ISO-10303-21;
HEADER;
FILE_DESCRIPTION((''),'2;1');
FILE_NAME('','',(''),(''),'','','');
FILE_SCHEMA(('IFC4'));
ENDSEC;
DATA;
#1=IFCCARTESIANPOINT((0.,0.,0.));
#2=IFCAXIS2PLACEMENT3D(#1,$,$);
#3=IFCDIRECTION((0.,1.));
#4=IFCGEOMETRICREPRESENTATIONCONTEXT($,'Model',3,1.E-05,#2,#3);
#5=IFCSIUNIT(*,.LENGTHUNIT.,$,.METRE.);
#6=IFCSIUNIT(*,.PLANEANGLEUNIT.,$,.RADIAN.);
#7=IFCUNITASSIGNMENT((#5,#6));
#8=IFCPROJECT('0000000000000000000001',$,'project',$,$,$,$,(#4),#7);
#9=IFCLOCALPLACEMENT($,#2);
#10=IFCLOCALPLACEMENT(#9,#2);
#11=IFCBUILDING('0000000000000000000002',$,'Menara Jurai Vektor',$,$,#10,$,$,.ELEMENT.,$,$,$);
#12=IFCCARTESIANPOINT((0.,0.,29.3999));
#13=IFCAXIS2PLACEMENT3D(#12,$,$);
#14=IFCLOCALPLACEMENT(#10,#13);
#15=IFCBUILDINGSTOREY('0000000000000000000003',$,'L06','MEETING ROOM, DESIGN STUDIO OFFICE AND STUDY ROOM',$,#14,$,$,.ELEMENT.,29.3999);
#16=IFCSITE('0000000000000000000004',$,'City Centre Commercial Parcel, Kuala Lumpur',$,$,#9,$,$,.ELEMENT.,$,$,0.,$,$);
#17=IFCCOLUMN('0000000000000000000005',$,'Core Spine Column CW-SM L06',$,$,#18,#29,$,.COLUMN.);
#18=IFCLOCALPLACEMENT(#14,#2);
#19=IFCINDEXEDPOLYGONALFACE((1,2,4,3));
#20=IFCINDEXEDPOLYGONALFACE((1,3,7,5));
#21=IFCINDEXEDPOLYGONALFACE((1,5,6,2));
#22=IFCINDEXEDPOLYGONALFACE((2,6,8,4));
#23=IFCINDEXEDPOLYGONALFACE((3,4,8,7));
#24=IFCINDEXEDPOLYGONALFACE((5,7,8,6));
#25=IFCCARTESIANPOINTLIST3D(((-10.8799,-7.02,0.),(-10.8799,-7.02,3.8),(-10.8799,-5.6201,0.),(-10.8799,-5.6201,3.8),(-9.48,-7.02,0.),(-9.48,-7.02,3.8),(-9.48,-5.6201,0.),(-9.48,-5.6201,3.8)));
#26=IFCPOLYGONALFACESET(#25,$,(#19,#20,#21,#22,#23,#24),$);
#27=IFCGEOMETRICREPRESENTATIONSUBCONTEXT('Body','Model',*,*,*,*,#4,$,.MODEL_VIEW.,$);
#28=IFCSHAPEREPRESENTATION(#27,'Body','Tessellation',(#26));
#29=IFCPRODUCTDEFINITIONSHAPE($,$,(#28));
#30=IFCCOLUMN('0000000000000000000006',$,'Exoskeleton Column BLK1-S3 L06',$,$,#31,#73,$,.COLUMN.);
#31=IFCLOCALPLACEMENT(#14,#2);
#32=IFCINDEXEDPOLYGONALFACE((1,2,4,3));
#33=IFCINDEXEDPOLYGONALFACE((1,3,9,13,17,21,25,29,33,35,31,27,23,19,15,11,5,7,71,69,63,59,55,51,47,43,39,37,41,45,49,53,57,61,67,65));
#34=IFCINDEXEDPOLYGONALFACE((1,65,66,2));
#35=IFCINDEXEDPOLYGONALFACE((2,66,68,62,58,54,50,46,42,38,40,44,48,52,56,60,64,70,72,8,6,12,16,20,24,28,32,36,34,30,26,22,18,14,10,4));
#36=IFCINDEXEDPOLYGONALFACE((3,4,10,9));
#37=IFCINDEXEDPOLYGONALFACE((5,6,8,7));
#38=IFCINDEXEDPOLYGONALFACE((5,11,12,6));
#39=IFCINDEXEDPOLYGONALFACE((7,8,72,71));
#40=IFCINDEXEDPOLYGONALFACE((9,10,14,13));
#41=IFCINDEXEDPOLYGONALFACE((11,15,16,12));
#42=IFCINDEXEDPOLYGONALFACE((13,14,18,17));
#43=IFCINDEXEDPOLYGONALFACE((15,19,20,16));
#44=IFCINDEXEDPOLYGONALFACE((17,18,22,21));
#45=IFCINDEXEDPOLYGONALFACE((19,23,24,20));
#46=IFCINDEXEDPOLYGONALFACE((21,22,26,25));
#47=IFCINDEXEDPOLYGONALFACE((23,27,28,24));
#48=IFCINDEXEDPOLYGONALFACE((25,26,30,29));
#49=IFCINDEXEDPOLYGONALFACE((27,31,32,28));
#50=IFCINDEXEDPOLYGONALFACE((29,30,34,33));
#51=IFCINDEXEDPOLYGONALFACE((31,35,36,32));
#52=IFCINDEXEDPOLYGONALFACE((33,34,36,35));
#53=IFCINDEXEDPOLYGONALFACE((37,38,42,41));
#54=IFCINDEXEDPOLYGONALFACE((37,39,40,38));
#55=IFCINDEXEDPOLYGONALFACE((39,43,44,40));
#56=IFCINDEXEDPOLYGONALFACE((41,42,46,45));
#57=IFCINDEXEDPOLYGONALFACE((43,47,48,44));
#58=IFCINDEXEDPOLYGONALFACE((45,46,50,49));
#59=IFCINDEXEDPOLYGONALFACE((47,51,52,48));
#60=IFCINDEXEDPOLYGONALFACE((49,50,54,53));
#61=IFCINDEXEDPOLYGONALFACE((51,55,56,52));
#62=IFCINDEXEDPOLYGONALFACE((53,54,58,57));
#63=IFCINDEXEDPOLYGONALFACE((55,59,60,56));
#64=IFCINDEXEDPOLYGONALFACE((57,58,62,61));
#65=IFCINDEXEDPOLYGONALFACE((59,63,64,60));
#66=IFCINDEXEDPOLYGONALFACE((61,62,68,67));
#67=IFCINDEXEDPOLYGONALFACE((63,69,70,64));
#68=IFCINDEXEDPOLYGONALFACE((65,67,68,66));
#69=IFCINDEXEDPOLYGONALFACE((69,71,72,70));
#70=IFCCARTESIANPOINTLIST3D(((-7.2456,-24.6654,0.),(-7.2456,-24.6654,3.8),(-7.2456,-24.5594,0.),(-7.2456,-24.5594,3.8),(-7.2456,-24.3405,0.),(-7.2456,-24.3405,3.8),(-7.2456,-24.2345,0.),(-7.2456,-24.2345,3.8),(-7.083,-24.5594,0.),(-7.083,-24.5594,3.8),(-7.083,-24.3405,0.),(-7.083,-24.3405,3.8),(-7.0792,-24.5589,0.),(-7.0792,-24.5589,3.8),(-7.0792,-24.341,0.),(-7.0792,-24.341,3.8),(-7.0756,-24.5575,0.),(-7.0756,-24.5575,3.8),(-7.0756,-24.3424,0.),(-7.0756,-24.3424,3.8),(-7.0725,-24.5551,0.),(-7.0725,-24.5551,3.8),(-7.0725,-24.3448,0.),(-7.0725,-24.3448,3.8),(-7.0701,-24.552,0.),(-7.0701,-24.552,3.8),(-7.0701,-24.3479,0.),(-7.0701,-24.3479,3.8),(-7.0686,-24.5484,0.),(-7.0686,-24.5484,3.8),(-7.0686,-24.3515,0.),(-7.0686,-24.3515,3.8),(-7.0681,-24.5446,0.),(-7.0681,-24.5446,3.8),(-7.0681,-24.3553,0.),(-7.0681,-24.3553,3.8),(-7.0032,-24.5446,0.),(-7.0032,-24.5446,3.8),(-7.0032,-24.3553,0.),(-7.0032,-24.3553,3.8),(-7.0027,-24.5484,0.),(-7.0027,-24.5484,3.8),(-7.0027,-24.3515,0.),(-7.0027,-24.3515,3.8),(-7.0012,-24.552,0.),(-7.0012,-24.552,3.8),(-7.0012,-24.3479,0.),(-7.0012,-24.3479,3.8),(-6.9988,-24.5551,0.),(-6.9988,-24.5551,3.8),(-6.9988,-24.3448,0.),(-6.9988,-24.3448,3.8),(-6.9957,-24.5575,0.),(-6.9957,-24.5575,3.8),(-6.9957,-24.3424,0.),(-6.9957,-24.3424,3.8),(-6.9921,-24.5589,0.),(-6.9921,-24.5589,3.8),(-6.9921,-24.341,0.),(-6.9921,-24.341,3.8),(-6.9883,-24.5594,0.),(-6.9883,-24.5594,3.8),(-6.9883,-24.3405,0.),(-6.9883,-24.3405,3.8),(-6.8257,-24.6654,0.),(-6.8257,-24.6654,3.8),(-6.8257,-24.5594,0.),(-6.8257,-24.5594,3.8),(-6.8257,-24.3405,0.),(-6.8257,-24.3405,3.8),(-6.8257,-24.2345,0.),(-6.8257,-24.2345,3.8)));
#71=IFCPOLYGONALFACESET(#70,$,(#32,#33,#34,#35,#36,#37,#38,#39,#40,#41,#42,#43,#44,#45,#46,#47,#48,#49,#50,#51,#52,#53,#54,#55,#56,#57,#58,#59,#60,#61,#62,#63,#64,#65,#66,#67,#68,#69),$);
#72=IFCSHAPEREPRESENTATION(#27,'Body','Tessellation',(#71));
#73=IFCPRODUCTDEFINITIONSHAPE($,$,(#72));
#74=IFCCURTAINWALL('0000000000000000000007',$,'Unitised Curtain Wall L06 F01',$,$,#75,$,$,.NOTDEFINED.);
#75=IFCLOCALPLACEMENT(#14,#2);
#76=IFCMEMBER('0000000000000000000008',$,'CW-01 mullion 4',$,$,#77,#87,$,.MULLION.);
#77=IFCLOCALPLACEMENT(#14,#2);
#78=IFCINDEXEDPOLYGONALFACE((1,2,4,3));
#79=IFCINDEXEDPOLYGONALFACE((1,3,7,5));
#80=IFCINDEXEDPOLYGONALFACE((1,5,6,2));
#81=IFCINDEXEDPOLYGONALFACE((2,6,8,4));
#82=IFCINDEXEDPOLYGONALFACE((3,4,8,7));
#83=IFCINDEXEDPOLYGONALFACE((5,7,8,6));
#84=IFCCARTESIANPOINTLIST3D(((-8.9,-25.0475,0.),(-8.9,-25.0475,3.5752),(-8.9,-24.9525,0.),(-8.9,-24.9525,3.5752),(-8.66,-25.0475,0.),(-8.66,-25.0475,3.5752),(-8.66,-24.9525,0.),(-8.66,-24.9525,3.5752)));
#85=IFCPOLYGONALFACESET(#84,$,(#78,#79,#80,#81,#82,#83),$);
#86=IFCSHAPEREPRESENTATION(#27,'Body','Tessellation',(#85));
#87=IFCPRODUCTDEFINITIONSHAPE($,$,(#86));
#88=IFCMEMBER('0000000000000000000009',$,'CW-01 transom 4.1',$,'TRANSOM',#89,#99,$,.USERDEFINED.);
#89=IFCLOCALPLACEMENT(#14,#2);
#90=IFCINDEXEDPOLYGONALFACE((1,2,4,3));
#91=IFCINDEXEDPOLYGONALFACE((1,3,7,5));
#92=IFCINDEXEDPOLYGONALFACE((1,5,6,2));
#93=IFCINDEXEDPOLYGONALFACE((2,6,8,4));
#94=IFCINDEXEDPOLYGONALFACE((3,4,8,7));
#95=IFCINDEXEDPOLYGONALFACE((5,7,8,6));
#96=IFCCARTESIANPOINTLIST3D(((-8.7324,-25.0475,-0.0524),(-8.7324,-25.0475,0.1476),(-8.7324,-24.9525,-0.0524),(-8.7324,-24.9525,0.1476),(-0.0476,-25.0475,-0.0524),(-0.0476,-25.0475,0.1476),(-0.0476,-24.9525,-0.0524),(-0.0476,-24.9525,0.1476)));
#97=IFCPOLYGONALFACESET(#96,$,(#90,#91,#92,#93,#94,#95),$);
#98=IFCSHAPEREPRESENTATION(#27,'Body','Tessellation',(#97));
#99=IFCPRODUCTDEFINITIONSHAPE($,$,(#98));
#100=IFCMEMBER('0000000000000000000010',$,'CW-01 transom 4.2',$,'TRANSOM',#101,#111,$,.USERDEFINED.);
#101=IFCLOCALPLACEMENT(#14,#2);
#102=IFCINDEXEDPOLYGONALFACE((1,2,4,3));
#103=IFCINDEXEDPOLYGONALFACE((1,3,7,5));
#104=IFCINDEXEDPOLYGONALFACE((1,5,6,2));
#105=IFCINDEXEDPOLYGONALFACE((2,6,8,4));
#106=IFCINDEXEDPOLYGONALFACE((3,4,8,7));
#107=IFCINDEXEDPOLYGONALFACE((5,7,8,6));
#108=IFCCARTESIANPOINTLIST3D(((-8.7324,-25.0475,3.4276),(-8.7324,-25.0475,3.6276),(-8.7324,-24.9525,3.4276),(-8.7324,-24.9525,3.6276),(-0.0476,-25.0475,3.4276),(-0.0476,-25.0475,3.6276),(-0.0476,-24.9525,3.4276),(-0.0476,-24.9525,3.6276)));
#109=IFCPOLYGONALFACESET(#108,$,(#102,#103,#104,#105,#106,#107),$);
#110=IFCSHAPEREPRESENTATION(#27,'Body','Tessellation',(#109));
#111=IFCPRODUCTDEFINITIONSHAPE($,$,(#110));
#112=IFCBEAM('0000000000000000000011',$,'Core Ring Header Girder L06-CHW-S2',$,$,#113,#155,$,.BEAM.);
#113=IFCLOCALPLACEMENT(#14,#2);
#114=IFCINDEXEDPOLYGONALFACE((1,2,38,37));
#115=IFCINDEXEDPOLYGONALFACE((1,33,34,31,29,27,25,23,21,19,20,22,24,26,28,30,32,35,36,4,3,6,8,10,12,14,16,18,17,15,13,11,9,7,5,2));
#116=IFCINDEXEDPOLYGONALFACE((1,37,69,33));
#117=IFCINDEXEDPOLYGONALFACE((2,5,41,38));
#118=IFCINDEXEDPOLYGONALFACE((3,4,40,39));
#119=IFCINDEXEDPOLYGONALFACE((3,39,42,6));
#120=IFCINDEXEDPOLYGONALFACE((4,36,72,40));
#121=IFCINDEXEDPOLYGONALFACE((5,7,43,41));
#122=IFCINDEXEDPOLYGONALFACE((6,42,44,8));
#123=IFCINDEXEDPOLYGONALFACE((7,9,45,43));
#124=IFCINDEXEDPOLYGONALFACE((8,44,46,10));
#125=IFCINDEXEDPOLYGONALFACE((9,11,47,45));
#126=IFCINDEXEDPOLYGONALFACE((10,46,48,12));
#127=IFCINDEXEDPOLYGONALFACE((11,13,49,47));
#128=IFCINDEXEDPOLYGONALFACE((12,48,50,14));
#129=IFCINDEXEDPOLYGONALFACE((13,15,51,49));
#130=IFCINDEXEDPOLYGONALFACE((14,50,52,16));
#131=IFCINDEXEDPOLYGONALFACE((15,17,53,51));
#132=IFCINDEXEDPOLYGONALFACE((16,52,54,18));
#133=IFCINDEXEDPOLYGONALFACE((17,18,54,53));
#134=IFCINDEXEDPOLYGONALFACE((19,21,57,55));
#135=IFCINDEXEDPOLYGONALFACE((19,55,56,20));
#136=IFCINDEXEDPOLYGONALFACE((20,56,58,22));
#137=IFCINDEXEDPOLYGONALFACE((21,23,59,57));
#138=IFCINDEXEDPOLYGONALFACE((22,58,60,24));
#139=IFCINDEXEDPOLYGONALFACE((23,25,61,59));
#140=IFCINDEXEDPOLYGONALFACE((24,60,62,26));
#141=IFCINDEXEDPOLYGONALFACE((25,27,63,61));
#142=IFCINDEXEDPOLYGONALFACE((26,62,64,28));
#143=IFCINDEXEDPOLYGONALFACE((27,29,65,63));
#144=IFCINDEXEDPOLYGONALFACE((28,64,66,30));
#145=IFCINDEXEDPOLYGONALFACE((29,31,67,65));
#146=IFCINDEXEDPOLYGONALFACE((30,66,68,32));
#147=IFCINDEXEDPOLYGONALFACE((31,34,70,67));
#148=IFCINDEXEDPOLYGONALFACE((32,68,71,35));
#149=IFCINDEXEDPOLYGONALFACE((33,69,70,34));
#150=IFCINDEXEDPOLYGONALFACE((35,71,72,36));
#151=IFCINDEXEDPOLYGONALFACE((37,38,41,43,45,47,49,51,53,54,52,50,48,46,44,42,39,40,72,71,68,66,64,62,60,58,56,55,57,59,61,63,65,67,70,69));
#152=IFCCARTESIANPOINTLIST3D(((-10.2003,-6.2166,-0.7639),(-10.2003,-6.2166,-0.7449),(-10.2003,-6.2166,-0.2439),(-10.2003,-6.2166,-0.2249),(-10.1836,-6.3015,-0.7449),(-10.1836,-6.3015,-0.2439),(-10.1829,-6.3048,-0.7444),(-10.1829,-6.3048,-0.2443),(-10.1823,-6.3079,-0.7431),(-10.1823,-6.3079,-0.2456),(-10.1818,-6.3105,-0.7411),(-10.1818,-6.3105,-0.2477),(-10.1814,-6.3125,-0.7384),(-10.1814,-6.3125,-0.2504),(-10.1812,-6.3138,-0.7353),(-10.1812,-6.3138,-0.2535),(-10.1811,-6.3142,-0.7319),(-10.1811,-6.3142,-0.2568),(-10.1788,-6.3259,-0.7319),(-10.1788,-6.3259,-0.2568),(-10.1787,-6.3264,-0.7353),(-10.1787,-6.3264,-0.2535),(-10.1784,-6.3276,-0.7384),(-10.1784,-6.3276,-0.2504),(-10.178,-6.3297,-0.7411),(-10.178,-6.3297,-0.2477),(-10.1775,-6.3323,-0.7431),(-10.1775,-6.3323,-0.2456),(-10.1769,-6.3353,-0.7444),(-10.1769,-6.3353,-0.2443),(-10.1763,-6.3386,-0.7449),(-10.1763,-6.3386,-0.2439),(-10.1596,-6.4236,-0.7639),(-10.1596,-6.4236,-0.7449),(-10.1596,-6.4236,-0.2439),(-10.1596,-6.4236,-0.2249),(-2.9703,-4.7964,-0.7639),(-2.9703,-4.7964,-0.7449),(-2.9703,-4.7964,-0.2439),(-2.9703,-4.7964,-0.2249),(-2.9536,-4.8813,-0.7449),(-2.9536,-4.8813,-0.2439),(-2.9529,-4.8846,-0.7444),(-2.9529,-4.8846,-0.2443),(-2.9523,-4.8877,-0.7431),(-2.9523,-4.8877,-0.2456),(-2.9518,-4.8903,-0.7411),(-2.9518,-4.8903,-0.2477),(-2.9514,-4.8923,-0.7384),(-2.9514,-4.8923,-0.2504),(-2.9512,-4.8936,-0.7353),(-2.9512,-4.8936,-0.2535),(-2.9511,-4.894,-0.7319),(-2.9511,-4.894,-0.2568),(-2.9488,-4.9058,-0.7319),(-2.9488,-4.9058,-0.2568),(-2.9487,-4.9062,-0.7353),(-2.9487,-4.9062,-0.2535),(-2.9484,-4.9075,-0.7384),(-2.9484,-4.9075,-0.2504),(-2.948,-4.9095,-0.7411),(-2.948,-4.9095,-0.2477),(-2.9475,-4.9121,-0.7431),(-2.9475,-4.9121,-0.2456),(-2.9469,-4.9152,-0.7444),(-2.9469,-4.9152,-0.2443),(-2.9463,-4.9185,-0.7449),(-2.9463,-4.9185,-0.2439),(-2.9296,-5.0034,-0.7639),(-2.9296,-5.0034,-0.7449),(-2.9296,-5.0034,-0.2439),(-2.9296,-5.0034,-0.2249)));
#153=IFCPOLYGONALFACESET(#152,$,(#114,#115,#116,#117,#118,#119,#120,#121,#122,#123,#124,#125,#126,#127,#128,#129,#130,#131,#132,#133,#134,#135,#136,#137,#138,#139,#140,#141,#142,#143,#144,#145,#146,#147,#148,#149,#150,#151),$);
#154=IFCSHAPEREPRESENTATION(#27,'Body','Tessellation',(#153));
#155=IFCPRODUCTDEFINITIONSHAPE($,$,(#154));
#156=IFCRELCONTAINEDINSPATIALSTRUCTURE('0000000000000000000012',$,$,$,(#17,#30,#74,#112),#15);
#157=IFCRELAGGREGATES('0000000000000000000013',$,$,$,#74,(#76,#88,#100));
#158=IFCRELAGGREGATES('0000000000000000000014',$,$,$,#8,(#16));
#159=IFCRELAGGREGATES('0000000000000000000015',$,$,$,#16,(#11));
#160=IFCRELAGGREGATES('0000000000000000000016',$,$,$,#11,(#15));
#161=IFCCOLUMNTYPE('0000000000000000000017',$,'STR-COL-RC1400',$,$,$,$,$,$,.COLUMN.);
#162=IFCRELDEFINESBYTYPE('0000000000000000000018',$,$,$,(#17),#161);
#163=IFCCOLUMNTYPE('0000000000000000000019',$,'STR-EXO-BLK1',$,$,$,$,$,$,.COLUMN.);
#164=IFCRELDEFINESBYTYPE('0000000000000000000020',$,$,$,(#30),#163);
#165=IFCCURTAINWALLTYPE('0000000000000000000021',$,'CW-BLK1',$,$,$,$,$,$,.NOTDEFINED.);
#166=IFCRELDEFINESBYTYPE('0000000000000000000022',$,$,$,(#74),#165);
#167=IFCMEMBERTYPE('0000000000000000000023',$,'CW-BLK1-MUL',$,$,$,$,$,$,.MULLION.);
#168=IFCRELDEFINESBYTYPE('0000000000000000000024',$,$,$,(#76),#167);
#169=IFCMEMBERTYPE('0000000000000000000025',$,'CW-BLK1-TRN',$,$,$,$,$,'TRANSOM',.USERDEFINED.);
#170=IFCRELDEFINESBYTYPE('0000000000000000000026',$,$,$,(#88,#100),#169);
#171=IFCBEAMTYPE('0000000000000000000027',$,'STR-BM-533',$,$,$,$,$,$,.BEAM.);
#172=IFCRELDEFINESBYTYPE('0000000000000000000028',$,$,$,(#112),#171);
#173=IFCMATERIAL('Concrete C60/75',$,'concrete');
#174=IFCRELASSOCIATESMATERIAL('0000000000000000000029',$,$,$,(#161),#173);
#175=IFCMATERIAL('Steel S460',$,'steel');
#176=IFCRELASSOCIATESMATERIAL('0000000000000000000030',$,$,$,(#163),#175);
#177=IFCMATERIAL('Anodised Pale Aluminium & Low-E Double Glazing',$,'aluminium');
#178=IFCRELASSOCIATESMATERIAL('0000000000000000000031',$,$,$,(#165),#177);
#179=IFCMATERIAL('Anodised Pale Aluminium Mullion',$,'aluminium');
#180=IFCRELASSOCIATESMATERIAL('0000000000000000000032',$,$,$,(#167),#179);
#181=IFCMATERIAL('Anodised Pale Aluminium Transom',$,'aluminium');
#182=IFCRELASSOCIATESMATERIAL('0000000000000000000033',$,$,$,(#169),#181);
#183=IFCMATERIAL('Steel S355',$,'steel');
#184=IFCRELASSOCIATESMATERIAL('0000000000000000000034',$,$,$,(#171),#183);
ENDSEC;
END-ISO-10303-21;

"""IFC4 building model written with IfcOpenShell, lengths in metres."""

from ifc_helpers import new_model, si_unit, direction, frame, origin, origin_2d, place, context, subcontext, project, spatial, rectangle, i_section, extrude, material, material_profile, profile_set, type_object, element, aggregate, save


model = new_model("IFC4")

# Units and contexts
model_context = context("Model", 3, precision=1e-05, world=origin(), true_north=direction((0.0, 1.0)))
body_context = subcontext(model_context, "Body", "Model", "MODEL_VIEW")
ifc_project = project(units=[si_unit("LENGTHUNIT", "METRE"), si_unit("PLANEANGLEUNIT", "RADIAN")], contexts=[model_context])

# Site, building, storey
site_placement = place(None, origin())
site = spatial("IfcSite", under=ifc_project, at=site_placement, Name="City Centre Commercial Parcel, Kuala Lumpur", CompositionType="ELEMENT", RefElevation=0.0)
building_placement = place(site_placement, origin())
building = spatial("IfcBuilding", under=site, at=building_placement, Name="Menara Jurai Vektor", CompositionType="ELEMENT")
storey_placement = place(building_placement, frame((0.0, 0.0, 29.3999)))
storey = spatial("IfcBuildingStorey", under=building, at=storey_placement, Name="L06", Description="MEETING ROOM, DESIGN STUDIO OFFICE AND STUDY ROOM", CompositionType="ELEMENT", Elevation=29.3999)

# Columns
ifc_material_1 = material(Name="Concrete C60/75", Category="concrete")
ifc_material_profile_1 = material_profile(ifc_material_1, rectangle(XDim=1.3999, YDim=1.3999, at=origin_2d()), Name="RC 1400x1400")
ifc_profile_set_1 = profile_set([ifc_material_profile_1], Name="Concrete C60/75")
column_type_1 = type_object("IfcColumnType", Name="STR-COL-RC1400", PredefinedType="COLUMN", material=ifc_profile_set_1)
column_1_placement = place(storey_placement, frame((-10.1799, -6.3201, 0.0), z_axis=(0.0, 0.0, 1.0), x_axis=(1.0, 0.0, 0.0)))
element("IfcColumn", 1, at=column_1_placement, inside=storey, type_object=column_type_1, Name="Core Spine Column CW-SM L06", PredefinedType="COLUMN", context=body_context, shape_type="SweptSolid", body=[
    extrude(rectangle(XDim=1.3999, YDim=1.3999, at=origin_2d()), origin(), (0.0, 0.0, 1.0), 3.8),
])
ifc_material_2 = material(Name="Steel S460", Category="steel")
ifc_material_profile_2 = material_profile(ifc_material_2, i_section(OverallWidth=0.4199, OverallDepth=0.4309, WebThickness=0.0649, FlangeThickness=0.106, FilletRadius=0.0149, at=origin_2d()), Name="HD 400x900")
ifc_profile_set_2 = profile_set([ifc_material_profile_2], Name="Steel S460")
column_type_2 = type_object("IfcColumnType", Name="STR-EXO-BLK1", PredefinedType="COLUMN", material=ifc_profile_set_2)
column_2_placement = place(storey_placement, frame((-7.0356, -24.45, 0.0), z_axis=(0.0, 0.0, 1.0), x_axis=(1.0, 0.0, 0.0)))
element("IfcColumn", 2, at=column_2_placement, inside=storey, type_object=column_type_2, Name="Exoskeleton Column BLK1-S3 L06", PredefinedType="COLUMN", context=body_context, shape_type="SweptSolid", body=[
    extrude(i_section(OverallWidth=0.4199, OverallDepth=0.4309, WebThickness=0.0649, FlangeThickness=0.106, FilletRadius=0.0149, at=origin_2d()), origin(), (0.0, 0.0, 1.0), 3.8),
])

# Curtain wall, members
ifc_material_3 = material(Name="Anodised Pale Aluminium & Low-E Double Glazing", Category="aluminium")
curtain_wall_type = type_object("IfcCurtainWallType", Name="CW-BLK1", PredefinedType="NOTDEFINED", material=ifc_material_3)
curtain_wall_placement = place(storey_placement, origin())
curtain_wall = element("IfcCurtainWall", 3, at=curtain_wall_placement, inside=storey, type_object=curtain_wall_type, Name="Unitised Curtain Wall L06 F01", PredefinedType="NOTDEFINED")
ifc_material_4 = material(Name="Anodised Pale Aluminium Mullion", Category="aluminium")
ifc_material_profile_3 = material_profile(ifc_material_4, rectangle(XDim=0.095, YDim=0.24, at=origin_2d()), Name="ALU MUL 95x240")
ifc_profile_set_3 = profile_set([ifc_material_profile_3], Name="Anodised Pale Aluminium Mullion")
member_type_1 = type_object("IfcMemberType", Name="CW-BLK1-MUL", PredefinedType="MULLION", material=ifc_profile_set_3)
member_1_placement = place(storey_placement, frame((-8.78, -25.0, 0.0), z_axis=(0.0, 0.0, 1.0), x_axis=(0.0, 1.0, 0.0)))
member_1 = element("IfcMember", 4, at=member_1_placement, type_object=member_type_1, Name="CW-01 mullion 4", PredefinedType="MULLION", context=body_context, shape_type="SweptSolid", body=[
    extrude(rectangle(XDim=0.095, YDim=0.24, at=origin_2d()), origin(), (0.0, 0.0, 1.0), 3.5752),
])
ifc_material_5 = material(Name="Anodised Pale Aluminium Transom", Category="aluminium")
ifc_material_profile_4 = material_profile(ifc_material_5, rectangle(XDim=0.095, YDim=0.2, at=origin_2d()), Name="ALU TRN 95x200")
ifc_profile_set_4 = profile_set([ifc_material_profile_4], Name="Anodised Pale Aluminium Transom")
member_type_2 = type_object("IfcMemberType", Name="CW-BLK1-TRN", ElementType="TRANSOM", PredefinedType="USERDEFINED", material=ifc_profile_set_4)
member_2_placement = place(storey_placement, frame((-8.7324, -25.0, 0.0476), z_axis=(1.0, 0.0, 0.0), x_axis=(0.0, 1.0, 0.0)))
member_2 = element("IfcMember", 5, at=member_2_placement, type_object=member_type_2, Name="CW-01 transom 4.1", ObjectType="TRANSOM", PredefinedType="USERDEFINED", context=body_context, shape_type="SweptSolid", body=[
    extrude(rectangle(XDim=0.095, YDim=0.2, at=origin_2d()), origin(), (0.0, 0.0, 1.0), 8.6848),
])
member_3_placement = place(storey_placement, frame((-8.7324, -25.0, 3.5276), z_axis=(1.0, 0.0, 0.0), x_axis=(0.0, 1.0, 0.0)))
member_3 = element("IfcMember", 6, at=member_3_placement, type_object=member_type_2, Name="CW-01 transom 4.2", ObjectType="TRANSOM", PredefinedType="USERDEFINED", context=body_context, shape_type="SweptSolid", body=[
    extrude(rectangle(XDim=0.095, YDim=0.2, at=origin_2d()), origin(), (0.0, 0.0, 1.0), 8.6848),
])

# Beam
ifc_material_6 = material(Name="Steel S355", Category="steel")
ifc_material_profile_5 = material_profile(ifc_material_6, i_section(OverallWidth=0.2109, OverallDepth=0.5391, WebThickness=0.012, FlangeThickness=0.019, FilletRadius=0.0129, at=origin_2d()), Name="UKB 533x210x109")
ifc_profile_set_5 = profile_set([ifc_material_profile_5], Name="Steel S355")
beam_type_1 = type_object("IfcBeamType", Name="STR-BM-533", PredefinedType="BEAM", material=ifc_profile_set_5)
beam_1_placement = place(storey_placement, frame((-10.1799, -6.3201, -0.4944), z_axis=(0.981249, 0.192744, 0.0), x_axis=(-0.192744, 0.981249, 0.0)))
element("IfcBeam", 7, at=beam_1_placement, inside=storey, type_object=beam_type_1, Name="Core Ring Header Girder L06-CHW-S2", PredefinedType="BEAM", context=body_context, shape_type="SweptSolid", body=[
    extrude(i_section(OverallWidth=0.2109, OverallDepth=0.5391, WebThickness=0.012, FlangeThickness=0.019, FilletRadius=0.0129, at=origin_2d()), origin(), (0.0, 0.0, 1.0), 7.3682),
])

aggregate(curtain_wall, [member_1, member_2, member_3])

save(model, "model.ifc")
